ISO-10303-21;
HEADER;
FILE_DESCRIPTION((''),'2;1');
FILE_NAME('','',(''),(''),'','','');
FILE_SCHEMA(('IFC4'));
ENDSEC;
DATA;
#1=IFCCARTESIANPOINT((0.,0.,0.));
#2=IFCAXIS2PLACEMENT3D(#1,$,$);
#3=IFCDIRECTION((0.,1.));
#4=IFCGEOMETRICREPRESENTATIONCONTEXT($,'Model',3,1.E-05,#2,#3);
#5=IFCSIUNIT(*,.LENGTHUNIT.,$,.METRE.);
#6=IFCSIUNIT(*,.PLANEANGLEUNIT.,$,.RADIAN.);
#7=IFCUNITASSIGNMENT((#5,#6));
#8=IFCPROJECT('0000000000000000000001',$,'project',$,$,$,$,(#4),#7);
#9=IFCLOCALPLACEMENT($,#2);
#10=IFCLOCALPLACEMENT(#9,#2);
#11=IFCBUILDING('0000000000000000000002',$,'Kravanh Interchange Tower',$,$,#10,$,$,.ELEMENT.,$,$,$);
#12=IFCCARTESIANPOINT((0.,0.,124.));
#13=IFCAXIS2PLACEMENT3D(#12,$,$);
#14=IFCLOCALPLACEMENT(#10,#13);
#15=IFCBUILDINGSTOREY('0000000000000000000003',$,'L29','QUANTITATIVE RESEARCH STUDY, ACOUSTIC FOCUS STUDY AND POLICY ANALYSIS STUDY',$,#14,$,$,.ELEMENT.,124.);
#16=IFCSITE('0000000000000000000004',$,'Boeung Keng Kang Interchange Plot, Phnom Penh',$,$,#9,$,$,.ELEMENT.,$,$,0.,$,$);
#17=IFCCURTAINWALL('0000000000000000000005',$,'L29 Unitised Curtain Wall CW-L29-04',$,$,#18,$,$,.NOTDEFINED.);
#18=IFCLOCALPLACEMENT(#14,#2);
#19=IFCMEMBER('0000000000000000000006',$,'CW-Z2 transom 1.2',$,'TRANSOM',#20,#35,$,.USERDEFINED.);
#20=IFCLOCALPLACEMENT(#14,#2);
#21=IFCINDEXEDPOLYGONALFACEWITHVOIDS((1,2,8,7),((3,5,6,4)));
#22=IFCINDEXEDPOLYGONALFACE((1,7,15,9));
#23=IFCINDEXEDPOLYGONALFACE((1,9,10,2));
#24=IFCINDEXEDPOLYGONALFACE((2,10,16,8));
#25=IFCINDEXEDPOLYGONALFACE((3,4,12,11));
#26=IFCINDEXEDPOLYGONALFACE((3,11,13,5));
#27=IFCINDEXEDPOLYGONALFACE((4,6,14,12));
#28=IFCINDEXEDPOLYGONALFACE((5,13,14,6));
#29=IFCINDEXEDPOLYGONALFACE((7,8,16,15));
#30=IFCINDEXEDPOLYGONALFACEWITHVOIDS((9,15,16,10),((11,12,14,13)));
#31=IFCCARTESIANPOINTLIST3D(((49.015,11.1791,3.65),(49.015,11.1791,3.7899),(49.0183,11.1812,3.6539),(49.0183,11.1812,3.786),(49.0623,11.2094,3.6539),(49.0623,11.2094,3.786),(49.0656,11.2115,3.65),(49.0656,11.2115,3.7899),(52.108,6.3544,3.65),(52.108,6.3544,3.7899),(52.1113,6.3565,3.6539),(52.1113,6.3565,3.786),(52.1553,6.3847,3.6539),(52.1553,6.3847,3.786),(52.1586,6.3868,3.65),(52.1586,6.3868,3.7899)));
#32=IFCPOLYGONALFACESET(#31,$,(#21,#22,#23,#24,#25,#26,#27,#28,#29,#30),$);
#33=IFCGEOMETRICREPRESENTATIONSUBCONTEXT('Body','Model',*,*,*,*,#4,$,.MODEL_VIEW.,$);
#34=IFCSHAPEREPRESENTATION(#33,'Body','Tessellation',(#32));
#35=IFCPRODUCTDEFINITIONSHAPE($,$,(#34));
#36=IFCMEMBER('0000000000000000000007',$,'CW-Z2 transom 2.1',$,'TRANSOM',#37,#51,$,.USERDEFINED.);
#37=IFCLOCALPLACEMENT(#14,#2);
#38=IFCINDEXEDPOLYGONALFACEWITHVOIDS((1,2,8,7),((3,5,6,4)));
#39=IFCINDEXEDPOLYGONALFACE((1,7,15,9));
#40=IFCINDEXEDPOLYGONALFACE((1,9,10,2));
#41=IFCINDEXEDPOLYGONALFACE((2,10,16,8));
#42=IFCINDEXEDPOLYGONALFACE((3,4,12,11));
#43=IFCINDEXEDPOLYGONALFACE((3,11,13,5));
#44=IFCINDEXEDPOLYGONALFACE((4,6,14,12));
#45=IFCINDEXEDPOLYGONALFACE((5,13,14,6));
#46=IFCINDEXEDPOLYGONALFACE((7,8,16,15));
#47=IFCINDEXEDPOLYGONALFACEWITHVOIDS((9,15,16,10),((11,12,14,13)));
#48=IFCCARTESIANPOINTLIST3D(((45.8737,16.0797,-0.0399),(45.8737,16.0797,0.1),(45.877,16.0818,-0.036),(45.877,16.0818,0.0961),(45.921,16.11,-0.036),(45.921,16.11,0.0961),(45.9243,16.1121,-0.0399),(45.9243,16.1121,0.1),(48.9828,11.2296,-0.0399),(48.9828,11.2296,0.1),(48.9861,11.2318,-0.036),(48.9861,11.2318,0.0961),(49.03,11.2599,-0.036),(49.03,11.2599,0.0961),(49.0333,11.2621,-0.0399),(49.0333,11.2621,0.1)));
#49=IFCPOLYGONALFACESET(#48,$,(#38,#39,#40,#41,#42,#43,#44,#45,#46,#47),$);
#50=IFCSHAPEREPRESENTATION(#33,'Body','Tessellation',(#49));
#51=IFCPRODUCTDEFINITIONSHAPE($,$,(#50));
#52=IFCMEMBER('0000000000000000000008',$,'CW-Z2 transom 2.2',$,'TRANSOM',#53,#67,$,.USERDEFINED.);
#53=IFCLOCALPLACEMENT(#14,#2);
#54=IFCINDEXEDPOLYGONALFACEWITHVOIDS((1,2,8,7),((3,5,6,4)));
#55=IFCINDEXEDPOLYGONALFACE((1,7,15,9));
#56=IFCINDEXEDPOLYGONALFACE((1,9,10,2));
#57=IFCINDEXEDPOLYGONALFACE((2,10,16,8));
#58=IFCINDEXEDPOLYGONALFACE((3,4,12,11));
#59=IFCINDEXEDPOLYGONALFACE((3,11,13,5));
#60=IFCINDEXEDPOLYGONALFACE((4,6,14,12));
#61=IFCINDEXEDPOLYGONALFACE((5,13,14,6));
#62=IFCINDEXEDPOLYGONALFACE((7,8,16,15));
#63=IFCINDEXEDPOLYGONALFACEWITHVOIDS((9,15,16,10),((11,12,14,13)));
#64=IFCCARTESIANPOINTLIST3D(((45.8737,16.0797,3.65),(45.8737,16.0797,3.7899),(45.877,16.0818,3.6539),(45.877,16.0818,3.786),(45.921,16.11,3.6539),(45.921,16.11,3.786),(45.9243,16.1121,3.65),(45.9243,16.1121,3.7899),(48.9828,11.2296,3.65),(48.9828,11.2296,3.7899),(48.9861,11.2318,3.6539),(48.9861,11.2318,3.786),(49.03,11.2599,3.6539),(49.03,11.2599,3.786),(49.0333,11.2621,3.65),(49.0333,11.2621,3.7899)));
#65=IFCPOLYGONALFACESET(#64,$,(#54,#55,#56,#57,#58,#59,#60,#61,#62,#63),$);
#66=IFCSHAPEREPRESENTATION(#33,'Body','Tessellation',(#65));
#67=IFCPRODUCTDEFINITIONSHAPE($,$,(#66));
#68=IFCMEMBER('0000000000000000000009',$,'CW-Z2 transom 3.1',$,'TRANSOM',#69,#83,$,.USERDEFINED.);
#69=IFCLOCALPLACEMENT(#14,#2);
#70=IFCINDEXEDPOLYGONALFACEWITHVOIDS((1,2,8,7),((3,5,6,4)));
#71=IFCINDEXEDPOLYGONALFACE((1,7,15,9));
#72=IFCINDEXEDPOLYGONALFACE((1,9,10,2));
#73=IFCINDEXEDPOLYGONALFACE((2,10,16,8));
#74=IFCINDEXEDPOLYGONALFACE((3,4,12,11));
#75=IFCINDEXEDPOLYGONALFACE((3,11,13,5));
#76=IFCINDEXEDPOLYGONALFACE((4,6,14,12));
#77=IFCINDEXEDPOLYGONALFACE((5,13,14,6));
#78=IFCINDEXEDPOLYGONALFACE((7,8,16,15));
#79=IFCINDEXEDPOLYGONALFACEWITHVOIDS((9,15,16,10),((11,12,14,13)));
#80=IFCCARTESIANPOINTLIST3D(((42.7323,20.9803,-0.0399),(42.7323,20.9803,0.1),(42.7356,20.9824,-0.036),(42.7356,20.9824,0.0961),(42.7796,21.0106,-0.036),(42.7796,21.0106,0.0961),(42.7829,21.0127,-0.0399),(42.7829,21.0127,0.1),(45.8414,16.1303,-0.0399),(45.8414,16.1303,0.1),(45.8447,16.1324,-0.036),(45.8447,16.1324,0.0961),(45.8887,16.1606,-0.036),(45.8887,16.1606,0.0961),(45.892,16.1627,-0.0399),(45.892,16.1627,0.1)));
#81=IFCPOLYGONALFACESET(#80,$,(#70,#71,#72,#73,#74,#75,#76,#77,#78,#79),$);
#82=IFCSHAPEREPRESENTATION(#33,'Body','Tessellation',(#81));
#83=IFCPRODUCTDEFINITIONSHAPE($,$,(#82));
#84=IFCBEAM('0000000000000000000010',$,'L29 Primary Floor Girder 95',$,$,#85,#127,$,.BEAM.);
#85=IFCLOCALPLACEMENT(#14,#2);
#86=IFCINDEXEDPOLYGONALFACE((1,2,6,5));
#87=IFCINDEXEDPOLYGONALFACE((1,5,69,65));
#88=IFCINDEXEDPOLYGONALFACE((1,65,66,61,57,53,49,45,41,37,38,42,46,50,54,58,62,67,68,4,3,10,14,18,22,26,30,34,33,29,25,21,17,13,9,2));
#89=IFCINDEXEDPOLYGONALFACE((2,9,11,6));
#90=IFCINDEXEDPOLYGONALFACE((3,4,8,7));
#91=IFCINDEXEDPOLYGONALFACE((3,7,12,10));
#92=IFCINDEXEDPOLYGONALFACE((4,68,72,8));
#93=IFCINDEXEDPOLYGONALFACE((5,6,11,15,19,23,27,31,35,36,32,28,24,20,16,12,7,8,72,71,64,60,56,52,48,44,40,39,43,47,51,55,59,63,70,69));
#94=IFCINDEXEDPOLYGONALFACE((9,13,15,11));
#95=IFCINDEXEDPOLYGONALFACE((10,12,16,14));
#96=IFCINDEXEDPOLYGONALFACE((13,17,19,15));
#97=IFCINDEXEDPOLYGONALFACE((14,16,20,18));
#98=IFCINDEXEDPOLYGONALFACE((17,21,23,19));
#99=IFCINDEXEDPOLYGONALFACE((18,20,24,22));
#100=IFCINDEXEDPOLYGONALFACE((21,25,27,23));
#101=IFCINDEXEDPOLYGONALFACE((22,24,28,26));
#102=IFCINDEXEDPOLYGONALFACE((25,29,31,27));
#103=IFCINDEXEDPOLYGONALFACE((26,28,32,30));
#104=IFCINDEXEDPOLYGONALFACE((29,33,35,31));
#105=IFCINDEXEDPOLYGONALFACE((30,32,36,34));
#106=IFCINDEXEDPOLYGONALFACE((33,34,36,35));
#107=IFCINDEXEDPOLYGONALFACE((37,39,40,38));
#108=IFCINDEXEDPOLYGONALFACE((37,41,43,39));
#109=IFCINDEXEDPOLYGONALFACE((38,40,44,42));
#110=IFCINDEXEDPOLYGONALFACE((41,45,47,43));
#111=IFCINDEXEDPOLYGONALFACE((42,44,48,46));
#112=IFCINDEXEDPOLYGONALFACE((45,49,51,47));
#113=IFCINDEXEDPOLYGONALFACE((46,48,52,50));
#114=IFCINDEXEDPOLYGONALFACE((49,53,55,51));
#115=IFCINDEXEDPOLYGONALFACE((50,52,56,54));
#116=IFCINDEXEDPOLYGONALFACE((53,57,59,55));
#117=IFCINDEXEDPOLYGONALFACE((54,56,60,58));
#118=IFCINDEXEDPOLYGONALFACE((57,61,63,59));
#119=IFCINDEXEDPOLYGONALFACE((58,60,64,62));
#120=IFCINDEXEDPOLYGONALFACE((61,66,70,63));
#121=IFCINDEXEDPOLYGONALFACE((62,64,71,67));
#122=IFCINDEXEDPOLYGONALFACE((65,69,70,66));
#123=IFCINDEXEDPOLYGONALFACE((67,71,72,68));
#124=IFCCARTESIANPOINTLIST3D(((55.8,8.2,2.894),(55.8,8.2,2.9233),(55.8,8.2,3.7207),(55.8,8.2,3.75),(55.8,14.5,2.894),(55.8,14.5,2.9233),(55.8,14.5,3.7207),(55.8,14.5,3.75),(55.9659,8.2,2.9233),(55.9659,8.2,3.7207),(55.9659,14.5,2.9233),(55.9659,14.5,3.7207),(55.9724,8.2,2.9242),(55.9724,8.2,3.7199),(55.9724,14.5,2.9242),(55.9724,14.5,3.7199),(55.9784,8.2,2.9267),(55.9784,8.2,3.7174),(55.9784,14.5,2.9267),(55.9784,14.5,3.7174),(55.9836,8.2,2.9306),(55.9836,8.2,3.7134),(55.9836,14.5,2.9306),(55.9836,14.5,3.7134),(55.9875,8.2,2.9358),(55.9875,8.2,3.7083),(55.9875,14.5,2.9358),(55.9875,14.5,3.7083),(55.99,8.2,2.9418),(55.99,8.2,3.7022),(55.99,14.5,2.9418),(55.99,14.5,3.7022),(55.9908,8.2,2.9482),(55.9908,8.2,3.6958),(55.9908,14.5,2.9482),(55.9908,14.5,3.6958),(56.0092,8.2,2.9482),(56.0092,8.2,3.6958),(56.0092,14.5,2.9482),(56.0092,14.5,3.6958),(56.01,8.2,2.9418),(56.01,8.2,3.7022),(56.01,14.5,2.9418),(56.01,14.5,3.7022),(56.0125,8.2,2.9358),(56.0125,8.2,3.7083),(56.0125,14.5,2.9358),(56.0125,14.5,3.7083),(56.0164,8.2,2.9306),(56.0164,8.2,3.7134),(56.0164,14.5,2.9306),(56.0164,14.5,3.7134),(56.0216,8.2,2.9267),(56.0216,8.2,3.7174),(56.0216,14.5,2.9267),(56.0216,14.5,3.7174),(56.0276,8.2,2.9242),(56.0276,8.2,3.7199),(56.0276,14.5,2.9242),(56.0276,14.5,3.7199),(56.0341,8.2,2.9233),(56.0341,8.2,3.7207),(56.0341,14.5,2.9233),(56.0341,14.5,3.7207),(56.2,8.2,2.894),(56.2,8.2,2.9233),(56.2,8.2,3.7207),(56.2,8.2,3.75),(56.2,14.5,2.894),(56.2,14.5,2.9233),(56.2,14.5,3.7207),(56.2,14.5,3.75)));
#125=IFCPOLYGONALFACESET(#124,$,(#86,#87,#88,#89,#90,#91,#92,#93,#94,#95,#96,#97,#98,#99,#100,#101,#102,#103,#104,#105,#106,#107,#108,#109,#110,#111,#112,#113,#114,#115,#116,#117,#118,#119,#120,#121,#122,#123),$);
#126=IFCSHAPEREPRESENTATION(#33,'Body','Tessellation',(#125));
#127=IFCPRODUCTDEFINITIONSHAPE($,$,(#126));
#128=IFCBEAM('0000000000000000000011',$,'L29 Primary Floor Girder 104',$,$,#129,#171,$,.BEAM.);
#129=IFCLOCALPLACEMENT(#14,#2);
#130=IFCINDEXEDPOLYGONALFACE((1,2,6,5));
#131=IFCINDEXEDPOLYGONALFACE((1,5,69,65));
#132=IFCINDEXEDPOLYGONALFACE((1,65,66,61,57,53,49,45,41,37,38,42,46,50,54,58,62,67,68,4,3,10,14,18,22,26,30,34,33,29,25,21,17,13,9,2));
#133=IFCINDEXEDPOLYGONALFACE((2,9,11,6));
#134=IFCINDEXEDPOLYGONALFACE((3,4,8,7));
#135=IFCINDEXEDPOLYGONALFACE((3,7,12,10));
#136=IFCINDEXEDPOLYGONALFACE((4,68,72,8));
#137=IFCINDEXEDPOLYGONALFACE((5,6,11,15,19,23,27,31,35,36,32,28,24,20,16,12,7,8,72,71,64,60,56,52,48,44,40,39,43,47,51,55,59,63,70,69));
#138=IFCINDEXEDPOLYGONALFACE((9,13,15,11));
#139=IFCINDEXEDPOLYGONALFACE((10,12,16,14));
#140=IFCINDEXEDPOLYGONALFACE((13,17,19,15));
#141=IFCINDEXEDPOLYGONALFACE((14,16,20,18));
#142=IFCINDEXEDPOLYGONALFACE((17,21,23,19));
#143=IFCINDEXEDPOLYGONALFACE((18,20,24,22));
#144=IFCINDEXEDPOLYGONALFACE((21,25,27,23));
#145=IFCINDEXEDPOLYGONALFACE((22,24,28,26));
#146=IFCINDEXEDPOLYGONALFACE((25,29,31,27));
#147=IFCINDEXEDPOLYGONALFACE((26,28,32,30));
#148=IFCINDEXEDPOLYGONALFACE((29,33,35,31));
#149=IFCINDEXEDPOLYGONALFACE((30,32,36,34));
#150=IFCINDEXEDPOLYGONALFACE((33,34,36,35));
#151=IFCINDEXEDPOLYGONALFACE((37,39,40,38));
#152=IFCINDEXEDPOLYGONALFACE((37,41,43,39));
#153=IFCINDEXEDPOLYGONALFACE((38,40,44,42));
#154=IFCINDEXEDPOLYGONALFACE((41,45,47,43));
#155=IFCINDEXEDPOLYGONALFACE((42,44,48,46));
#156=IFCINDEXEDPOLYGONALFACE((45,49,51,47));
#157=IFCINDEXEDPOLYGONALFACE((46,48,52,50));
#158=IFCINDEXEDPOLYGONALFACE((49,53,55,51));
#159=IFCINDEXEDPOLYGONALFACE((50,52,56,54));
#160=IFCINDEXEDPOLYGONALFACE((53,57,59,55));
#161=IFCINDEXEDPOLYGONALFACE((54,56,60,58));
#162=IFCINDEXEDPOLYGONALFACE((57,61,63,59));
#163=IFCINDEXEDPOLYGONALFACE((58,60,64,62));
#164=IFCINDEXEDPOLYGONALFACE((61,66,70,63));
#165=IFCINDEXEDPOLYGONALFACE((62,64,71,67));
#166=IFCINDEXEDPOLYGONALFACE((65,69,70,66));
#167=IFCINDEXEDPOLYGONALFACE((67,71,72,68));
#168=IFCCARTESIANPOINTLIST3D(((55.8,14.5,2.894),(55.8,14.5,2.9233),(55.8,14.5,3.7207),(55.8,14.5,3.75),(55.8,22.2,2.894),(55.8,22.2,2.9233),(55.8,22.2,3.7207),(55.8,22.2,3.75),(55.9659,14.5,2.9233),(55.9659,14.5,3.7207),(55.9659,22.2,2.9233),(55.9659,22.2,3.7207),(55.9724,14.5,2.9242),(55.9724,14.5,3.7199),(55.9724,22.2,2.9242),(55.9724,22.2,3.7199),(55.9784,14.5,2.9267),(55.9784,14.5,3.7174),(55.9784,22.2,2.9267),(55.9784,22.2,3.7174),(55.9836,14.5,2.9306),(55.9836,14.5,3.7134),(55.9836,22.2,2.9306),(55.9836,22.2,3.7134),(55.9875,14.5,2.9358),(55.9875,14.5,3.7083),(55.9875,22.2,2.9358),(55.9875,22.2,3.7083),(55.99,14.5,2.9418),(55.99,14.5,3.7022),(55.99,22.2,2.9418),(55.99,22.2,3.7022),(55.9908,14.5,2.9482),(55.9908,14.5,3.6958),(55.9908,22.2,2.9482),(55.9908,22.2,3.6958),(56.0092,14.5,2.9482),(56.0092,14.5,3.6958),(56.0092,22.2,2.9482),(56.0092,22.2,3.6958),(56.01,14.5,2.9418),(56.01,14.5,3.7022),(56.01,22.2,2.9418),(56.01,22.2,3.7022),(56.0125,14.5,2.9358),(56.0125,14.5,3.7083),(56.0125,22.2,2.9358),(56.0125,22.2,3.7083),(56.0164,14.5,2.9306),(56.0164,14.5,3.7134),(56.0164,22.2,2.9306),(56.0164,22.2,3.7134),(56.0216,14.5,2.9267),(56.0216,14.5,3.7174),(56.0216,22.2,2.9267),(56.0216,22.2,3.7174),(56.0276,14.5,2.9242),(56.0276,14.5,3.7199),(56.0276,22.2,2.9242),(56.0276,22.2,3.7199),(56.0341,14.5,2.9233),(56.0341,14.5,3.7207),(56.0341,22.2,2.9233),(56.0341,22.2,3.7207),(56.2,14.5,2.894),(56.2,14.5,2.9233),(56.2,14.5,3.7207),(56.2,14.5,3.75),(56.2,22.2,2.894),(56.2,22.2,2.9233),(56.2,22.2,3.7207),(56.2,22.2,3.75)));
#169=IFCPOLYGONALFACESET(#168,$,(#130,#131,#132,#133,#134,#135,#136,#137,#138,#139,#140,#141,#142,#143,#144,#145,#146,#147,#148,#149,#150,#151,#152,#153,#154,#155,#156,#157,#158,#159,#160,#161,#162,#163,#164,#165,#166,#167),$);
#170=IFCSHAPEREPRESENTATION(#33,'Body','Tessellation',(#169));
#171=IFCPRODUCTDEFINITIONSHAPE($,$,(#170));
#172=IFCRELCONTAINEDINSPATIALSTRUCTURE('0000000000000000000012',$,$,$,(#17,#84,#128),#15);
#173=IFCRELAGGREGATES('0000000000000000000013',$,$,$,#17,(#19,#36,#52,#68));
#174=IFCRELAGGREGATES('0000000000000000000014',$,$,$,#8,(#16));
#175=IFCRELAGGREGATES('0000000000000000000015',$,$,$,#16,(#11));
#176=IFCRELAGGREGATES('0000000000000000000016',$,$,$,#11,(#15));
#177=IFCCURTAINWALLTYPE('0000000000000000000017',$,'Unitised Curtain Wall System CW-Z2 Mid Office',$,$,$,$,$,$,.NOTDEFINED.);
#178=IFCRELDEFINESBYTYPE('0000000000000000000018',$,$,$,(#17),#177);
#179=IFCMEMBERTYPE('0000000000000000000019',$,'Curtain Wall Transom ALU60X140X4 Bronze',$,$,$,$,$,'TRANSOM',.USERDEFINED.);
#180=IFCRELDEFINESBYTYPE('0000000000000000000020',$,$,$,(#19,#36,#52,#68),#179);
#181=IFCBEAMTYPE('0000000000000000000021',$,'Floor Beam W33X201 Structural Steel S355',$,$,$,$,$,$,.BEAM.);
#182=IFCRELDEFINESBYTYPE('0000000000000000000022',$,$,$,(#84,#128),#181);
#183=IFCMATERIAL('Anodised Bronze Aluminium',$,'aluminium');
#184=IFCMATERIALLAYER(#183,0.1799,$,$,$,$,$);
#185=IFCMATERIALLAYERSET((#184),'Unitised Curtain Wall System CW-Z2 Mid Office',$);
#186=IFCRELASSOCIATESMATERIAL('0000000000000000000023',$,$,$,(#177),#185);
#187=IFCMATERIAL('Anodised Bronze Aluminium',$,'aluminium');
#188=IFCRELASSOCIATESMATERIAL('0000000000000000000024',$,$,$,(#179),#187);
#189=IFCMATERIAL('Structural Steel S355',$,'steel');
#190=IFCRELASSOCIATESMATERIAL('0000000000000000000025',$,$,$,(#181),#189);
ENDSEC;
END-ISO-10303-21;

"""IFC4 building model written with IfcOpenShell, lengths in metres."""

from ifc_helpers import new_model, si_unit, direction, frame, origin, origin_2d, place, context, subcontext, project, spatial, hollow_rectangle, i_section, extrude, material, layer, layer_set, material_profile, profile_set, type_object, element, aggregate, save


model = new_model("IFC4")

# Units and contexts
model_context = context("Model", 3, precision=1e-05, world=origin(), true_north=direction((0.0, 1.0)))
body_context = subcontext(model_context, "Body", "Model", "MODEL_VIEW")
ifc_project = project(units=[si_unit("LENGTHUNIT", "METRE"), si_unit("PLANEANGLEUNIT", "RADIAN")], contexts=[model_context])

# Site, building, storey
site_placement = place(None, origin())
site = spatial("IfcSite", under=ifc_project, at=site_placement, Name="Boeung Keng Kang Interchange Plot, Phnom Penh", CompositionType="ELEMENT", RefElevation=0.0)
building_placement = place(site_placement, origin())
building = spatial("IfcBuilding", under=site, at=building_placement, Name="Kravanh Interchange Tower", CompositionType="ELEMENT")
storey_placement = place(building_placement, frame((0.0, 0.0, 124.0)))
storey = spatial("IfcBuildingStorey", under=building, at=storey_placement, Name="L29", Description="QUANTITATIVE RESEARCH STUDY, ACOUSTIC FOCUS STUDY AND POLICY ANALYSIS STUDY", CompositionType="ELEMENT", Elevation=124.0)

# Shared definitions
ifc_material_1 = material(Name="Anodised Bronze Aluminium", Category="aluminium")
ifc_layer_1 = layer(ifc_material_1, 0.1799)
ifc_layer_set_1 = layer_set([ifc_layer_1], Name="Unitised Curtain Wall System CW-Z2 Mid Office")
curtain_wall_type = type_object("IfcCurtainWallType", Name="Unitised Curtain Wall System CW-Z2 Mid Office", PredefinedType="NOTDEFINED", material=ifc_layer_set_1)

# Curtain wall, members
curtain_wall_1_placement = place(storey_placement, origin())
curtain_wall_1 = element("IfcCurtainWall", 1, at=curtain_wall_1_placement, inside=storey, type_object=curtain_wall_type, Name="L29 Unitised Curtain Wall CW-L29-04", PredefinedType="NOTDEFINED")
ifc_material_2 = material(Name="Anodised Bronze Aluminium", Category="aluminium")
ifc_material_profile_1 = material_profile(ifc_material_2, hollow_rectangle(XDim=0.0601, YDim=0.1399, WallThickness=0.0039, at=origin_2d()), Name="ALU60X140X4")
ifc_profile_set_1 = profile_set([ifc_material_profile_1], Name="Anodised Bronze Aluminium")
member_type_1 = type_object("IfcMemberType", Name="Curtain Wall Transom ALU60X140X4 Bronze", ElementType="TRANSOM", PredefinedType="USERDEFINED", material=ifc_profile_set_1)
member_1_placement = place(storey_placement, frame((52.1333, 6.3706, 3.72), z_axis=(-0.539698, 0.841859, 0.0), x_axis=(-0.841859, -0.539698, 0.0)))
member_1 = element("IfcMember", 2, at=member_1_placement, type_object=member_type_1, Name="CW-Z2 transom 1.2", ObjectType="TRANSOM", PredefinedType="USERDEFINED", context=body_context, shape_type="SweptSolid", body=[
    extrude(hollow_rectangle(XDim=0.0601, YDim=0.1399, WallThickness=0.0039, at=origin_2d()), origin(), (0.0, 0.0, 1.0), 5.731),
])
member_2_placement = place(storey_placement, frame((49.0081, 11.2458, 0.03), z_axis=(-0.539678, 0.841872, 0.0), x_axis=(-0.841872, -0.539678, 0.0)))
member_2 = element("IfcMember", 3, at=member_2_placement, type_object=member_type_1, Name="CW-Z2 transom 2.1", ObjectType="TRANSOM", PredefinedType="USERDEFINED", context=body_context, shape_type="SweptSolid", body=[
    extrude(hollow_rectangle(XDim=0.0601, YDim=0.1399, WallThickness=0.0039, at=origin_2d()), origin(), (0.0, 0.0, 1.0), 5.761),
])
member_3_placement = place(storey_placement, frame((49.0081, 11.2458, 3.72), z_axis=(-0.539678, 0.841872, 0.0), x_axis=(-0.841872, -0.539678, 0.0)))
member_3 = element("IfcMember", 4, at=member_3_placement, type_object=member_type_1, Name="CW-Z2 transom 2.2", ObjectType="TRANSOM", PredefinedType="USERDEFINED", context=body_context, shape_type="SweptSolid", body=[
    extrude(hollow_rectangle(XDim=0.0601, YDim=0.1399, WallThickness=0.0039, at=origin_2d()), origin(), (0.0, 0.0, 1.0), 5.761),
])
member_4_placement = place(storey_placement, frame((45.8667, 16.1465, 0.03), z_axis=(-0.539678, 0.841872, 0.0), x_axis=(-0.841872, -0.539678, 0.0)))
member_4 = element("IfcMember", 5, at=member_4_placement, type_object=member_type_1, Name="CW-Z2 transom 3.1", ObjectType="TRANSOM", PredefinedType="USERDEFINED", context=body_context, shape_type="SweptSolid", body=[
    extrude(hollow_rectangle(XDim=0.0601, YDim=0.1399, WallThickness=0.0039, at=origin_2d()), origin(), (0.0, 0.0, 1.0), 5.761),
])

# Beams
ifc_material_3 = material(Name="Structural Steel S355", Category="steel")
ifc_material_profile_2 = material_profile(ifc_material_3, i_section(OverallWidth=0.3999, OverallDepth=0.856, WebThickness=0.0183, FlangeThickness=0.0293, FilletRadius=0.0249, at=origin_2d()), Name="W33X201")
ifc_profile_set_2 = profile_set([ifc_material_profile_2], Name="Structural Steel S355")
beam_type_1 = type_object("IfcBeamType", Name="Floor Beam W33X201 Structural Steel S355", PredefinedType="BEAM", material=ifc_profile_set_2)
beam_1_placement = place(storey_placement, frame((56.0, 8.2, 3.322), z_axis=(0.0, 1.0, 0.0), x_axis=(-1.0, 0.0, 0.0)))
element("IfcBeam", 6, at=beam_1_placement, inside=storey, type_object=beam_type_1, Name="L29 Primary Floor Girder 95", PredefinedType="BEAM", context=body_context, shape_type="SweptSolid", body=[
    extrude(i_section(OverallWidth=0.3999, OverallDepth=0.856, WebThickness=0.0183, FlangeThickness=0.0293, FilletRadius=0.0249, at=origin_2d()), origin(), (0.0, 0.0, 1.0), 6.3),
])
beam_2_placement = place(storey_placement, frame((56.0, 14.5, 3.322), z_axis=(0.0, 1.0, 0.0), x_axis=(-1.0, 0.0, 0.0)))
element("IfcBeam", 7, at=beam_2_placement, inside=storey, type_object=beam_type_1, Name="L29 Primary Floor Girder 104", PredefinedType="BEAM", context=body_context, shape_type="SweptSolid", body=[
    extrude(i_section(OverallWidth=0.3999, OverallDepth=0.856, WebThickness=0.0183, FlangeThickness=0.0293, FilletRadius=0.0249, at=origin_2d()), origin(), (0.0, 0.0, 1.0), 7.7),
])

aggregate(curtain_wall_1, [member_1, member_2, member_3, member_4])

save(model, "model.ifc")
